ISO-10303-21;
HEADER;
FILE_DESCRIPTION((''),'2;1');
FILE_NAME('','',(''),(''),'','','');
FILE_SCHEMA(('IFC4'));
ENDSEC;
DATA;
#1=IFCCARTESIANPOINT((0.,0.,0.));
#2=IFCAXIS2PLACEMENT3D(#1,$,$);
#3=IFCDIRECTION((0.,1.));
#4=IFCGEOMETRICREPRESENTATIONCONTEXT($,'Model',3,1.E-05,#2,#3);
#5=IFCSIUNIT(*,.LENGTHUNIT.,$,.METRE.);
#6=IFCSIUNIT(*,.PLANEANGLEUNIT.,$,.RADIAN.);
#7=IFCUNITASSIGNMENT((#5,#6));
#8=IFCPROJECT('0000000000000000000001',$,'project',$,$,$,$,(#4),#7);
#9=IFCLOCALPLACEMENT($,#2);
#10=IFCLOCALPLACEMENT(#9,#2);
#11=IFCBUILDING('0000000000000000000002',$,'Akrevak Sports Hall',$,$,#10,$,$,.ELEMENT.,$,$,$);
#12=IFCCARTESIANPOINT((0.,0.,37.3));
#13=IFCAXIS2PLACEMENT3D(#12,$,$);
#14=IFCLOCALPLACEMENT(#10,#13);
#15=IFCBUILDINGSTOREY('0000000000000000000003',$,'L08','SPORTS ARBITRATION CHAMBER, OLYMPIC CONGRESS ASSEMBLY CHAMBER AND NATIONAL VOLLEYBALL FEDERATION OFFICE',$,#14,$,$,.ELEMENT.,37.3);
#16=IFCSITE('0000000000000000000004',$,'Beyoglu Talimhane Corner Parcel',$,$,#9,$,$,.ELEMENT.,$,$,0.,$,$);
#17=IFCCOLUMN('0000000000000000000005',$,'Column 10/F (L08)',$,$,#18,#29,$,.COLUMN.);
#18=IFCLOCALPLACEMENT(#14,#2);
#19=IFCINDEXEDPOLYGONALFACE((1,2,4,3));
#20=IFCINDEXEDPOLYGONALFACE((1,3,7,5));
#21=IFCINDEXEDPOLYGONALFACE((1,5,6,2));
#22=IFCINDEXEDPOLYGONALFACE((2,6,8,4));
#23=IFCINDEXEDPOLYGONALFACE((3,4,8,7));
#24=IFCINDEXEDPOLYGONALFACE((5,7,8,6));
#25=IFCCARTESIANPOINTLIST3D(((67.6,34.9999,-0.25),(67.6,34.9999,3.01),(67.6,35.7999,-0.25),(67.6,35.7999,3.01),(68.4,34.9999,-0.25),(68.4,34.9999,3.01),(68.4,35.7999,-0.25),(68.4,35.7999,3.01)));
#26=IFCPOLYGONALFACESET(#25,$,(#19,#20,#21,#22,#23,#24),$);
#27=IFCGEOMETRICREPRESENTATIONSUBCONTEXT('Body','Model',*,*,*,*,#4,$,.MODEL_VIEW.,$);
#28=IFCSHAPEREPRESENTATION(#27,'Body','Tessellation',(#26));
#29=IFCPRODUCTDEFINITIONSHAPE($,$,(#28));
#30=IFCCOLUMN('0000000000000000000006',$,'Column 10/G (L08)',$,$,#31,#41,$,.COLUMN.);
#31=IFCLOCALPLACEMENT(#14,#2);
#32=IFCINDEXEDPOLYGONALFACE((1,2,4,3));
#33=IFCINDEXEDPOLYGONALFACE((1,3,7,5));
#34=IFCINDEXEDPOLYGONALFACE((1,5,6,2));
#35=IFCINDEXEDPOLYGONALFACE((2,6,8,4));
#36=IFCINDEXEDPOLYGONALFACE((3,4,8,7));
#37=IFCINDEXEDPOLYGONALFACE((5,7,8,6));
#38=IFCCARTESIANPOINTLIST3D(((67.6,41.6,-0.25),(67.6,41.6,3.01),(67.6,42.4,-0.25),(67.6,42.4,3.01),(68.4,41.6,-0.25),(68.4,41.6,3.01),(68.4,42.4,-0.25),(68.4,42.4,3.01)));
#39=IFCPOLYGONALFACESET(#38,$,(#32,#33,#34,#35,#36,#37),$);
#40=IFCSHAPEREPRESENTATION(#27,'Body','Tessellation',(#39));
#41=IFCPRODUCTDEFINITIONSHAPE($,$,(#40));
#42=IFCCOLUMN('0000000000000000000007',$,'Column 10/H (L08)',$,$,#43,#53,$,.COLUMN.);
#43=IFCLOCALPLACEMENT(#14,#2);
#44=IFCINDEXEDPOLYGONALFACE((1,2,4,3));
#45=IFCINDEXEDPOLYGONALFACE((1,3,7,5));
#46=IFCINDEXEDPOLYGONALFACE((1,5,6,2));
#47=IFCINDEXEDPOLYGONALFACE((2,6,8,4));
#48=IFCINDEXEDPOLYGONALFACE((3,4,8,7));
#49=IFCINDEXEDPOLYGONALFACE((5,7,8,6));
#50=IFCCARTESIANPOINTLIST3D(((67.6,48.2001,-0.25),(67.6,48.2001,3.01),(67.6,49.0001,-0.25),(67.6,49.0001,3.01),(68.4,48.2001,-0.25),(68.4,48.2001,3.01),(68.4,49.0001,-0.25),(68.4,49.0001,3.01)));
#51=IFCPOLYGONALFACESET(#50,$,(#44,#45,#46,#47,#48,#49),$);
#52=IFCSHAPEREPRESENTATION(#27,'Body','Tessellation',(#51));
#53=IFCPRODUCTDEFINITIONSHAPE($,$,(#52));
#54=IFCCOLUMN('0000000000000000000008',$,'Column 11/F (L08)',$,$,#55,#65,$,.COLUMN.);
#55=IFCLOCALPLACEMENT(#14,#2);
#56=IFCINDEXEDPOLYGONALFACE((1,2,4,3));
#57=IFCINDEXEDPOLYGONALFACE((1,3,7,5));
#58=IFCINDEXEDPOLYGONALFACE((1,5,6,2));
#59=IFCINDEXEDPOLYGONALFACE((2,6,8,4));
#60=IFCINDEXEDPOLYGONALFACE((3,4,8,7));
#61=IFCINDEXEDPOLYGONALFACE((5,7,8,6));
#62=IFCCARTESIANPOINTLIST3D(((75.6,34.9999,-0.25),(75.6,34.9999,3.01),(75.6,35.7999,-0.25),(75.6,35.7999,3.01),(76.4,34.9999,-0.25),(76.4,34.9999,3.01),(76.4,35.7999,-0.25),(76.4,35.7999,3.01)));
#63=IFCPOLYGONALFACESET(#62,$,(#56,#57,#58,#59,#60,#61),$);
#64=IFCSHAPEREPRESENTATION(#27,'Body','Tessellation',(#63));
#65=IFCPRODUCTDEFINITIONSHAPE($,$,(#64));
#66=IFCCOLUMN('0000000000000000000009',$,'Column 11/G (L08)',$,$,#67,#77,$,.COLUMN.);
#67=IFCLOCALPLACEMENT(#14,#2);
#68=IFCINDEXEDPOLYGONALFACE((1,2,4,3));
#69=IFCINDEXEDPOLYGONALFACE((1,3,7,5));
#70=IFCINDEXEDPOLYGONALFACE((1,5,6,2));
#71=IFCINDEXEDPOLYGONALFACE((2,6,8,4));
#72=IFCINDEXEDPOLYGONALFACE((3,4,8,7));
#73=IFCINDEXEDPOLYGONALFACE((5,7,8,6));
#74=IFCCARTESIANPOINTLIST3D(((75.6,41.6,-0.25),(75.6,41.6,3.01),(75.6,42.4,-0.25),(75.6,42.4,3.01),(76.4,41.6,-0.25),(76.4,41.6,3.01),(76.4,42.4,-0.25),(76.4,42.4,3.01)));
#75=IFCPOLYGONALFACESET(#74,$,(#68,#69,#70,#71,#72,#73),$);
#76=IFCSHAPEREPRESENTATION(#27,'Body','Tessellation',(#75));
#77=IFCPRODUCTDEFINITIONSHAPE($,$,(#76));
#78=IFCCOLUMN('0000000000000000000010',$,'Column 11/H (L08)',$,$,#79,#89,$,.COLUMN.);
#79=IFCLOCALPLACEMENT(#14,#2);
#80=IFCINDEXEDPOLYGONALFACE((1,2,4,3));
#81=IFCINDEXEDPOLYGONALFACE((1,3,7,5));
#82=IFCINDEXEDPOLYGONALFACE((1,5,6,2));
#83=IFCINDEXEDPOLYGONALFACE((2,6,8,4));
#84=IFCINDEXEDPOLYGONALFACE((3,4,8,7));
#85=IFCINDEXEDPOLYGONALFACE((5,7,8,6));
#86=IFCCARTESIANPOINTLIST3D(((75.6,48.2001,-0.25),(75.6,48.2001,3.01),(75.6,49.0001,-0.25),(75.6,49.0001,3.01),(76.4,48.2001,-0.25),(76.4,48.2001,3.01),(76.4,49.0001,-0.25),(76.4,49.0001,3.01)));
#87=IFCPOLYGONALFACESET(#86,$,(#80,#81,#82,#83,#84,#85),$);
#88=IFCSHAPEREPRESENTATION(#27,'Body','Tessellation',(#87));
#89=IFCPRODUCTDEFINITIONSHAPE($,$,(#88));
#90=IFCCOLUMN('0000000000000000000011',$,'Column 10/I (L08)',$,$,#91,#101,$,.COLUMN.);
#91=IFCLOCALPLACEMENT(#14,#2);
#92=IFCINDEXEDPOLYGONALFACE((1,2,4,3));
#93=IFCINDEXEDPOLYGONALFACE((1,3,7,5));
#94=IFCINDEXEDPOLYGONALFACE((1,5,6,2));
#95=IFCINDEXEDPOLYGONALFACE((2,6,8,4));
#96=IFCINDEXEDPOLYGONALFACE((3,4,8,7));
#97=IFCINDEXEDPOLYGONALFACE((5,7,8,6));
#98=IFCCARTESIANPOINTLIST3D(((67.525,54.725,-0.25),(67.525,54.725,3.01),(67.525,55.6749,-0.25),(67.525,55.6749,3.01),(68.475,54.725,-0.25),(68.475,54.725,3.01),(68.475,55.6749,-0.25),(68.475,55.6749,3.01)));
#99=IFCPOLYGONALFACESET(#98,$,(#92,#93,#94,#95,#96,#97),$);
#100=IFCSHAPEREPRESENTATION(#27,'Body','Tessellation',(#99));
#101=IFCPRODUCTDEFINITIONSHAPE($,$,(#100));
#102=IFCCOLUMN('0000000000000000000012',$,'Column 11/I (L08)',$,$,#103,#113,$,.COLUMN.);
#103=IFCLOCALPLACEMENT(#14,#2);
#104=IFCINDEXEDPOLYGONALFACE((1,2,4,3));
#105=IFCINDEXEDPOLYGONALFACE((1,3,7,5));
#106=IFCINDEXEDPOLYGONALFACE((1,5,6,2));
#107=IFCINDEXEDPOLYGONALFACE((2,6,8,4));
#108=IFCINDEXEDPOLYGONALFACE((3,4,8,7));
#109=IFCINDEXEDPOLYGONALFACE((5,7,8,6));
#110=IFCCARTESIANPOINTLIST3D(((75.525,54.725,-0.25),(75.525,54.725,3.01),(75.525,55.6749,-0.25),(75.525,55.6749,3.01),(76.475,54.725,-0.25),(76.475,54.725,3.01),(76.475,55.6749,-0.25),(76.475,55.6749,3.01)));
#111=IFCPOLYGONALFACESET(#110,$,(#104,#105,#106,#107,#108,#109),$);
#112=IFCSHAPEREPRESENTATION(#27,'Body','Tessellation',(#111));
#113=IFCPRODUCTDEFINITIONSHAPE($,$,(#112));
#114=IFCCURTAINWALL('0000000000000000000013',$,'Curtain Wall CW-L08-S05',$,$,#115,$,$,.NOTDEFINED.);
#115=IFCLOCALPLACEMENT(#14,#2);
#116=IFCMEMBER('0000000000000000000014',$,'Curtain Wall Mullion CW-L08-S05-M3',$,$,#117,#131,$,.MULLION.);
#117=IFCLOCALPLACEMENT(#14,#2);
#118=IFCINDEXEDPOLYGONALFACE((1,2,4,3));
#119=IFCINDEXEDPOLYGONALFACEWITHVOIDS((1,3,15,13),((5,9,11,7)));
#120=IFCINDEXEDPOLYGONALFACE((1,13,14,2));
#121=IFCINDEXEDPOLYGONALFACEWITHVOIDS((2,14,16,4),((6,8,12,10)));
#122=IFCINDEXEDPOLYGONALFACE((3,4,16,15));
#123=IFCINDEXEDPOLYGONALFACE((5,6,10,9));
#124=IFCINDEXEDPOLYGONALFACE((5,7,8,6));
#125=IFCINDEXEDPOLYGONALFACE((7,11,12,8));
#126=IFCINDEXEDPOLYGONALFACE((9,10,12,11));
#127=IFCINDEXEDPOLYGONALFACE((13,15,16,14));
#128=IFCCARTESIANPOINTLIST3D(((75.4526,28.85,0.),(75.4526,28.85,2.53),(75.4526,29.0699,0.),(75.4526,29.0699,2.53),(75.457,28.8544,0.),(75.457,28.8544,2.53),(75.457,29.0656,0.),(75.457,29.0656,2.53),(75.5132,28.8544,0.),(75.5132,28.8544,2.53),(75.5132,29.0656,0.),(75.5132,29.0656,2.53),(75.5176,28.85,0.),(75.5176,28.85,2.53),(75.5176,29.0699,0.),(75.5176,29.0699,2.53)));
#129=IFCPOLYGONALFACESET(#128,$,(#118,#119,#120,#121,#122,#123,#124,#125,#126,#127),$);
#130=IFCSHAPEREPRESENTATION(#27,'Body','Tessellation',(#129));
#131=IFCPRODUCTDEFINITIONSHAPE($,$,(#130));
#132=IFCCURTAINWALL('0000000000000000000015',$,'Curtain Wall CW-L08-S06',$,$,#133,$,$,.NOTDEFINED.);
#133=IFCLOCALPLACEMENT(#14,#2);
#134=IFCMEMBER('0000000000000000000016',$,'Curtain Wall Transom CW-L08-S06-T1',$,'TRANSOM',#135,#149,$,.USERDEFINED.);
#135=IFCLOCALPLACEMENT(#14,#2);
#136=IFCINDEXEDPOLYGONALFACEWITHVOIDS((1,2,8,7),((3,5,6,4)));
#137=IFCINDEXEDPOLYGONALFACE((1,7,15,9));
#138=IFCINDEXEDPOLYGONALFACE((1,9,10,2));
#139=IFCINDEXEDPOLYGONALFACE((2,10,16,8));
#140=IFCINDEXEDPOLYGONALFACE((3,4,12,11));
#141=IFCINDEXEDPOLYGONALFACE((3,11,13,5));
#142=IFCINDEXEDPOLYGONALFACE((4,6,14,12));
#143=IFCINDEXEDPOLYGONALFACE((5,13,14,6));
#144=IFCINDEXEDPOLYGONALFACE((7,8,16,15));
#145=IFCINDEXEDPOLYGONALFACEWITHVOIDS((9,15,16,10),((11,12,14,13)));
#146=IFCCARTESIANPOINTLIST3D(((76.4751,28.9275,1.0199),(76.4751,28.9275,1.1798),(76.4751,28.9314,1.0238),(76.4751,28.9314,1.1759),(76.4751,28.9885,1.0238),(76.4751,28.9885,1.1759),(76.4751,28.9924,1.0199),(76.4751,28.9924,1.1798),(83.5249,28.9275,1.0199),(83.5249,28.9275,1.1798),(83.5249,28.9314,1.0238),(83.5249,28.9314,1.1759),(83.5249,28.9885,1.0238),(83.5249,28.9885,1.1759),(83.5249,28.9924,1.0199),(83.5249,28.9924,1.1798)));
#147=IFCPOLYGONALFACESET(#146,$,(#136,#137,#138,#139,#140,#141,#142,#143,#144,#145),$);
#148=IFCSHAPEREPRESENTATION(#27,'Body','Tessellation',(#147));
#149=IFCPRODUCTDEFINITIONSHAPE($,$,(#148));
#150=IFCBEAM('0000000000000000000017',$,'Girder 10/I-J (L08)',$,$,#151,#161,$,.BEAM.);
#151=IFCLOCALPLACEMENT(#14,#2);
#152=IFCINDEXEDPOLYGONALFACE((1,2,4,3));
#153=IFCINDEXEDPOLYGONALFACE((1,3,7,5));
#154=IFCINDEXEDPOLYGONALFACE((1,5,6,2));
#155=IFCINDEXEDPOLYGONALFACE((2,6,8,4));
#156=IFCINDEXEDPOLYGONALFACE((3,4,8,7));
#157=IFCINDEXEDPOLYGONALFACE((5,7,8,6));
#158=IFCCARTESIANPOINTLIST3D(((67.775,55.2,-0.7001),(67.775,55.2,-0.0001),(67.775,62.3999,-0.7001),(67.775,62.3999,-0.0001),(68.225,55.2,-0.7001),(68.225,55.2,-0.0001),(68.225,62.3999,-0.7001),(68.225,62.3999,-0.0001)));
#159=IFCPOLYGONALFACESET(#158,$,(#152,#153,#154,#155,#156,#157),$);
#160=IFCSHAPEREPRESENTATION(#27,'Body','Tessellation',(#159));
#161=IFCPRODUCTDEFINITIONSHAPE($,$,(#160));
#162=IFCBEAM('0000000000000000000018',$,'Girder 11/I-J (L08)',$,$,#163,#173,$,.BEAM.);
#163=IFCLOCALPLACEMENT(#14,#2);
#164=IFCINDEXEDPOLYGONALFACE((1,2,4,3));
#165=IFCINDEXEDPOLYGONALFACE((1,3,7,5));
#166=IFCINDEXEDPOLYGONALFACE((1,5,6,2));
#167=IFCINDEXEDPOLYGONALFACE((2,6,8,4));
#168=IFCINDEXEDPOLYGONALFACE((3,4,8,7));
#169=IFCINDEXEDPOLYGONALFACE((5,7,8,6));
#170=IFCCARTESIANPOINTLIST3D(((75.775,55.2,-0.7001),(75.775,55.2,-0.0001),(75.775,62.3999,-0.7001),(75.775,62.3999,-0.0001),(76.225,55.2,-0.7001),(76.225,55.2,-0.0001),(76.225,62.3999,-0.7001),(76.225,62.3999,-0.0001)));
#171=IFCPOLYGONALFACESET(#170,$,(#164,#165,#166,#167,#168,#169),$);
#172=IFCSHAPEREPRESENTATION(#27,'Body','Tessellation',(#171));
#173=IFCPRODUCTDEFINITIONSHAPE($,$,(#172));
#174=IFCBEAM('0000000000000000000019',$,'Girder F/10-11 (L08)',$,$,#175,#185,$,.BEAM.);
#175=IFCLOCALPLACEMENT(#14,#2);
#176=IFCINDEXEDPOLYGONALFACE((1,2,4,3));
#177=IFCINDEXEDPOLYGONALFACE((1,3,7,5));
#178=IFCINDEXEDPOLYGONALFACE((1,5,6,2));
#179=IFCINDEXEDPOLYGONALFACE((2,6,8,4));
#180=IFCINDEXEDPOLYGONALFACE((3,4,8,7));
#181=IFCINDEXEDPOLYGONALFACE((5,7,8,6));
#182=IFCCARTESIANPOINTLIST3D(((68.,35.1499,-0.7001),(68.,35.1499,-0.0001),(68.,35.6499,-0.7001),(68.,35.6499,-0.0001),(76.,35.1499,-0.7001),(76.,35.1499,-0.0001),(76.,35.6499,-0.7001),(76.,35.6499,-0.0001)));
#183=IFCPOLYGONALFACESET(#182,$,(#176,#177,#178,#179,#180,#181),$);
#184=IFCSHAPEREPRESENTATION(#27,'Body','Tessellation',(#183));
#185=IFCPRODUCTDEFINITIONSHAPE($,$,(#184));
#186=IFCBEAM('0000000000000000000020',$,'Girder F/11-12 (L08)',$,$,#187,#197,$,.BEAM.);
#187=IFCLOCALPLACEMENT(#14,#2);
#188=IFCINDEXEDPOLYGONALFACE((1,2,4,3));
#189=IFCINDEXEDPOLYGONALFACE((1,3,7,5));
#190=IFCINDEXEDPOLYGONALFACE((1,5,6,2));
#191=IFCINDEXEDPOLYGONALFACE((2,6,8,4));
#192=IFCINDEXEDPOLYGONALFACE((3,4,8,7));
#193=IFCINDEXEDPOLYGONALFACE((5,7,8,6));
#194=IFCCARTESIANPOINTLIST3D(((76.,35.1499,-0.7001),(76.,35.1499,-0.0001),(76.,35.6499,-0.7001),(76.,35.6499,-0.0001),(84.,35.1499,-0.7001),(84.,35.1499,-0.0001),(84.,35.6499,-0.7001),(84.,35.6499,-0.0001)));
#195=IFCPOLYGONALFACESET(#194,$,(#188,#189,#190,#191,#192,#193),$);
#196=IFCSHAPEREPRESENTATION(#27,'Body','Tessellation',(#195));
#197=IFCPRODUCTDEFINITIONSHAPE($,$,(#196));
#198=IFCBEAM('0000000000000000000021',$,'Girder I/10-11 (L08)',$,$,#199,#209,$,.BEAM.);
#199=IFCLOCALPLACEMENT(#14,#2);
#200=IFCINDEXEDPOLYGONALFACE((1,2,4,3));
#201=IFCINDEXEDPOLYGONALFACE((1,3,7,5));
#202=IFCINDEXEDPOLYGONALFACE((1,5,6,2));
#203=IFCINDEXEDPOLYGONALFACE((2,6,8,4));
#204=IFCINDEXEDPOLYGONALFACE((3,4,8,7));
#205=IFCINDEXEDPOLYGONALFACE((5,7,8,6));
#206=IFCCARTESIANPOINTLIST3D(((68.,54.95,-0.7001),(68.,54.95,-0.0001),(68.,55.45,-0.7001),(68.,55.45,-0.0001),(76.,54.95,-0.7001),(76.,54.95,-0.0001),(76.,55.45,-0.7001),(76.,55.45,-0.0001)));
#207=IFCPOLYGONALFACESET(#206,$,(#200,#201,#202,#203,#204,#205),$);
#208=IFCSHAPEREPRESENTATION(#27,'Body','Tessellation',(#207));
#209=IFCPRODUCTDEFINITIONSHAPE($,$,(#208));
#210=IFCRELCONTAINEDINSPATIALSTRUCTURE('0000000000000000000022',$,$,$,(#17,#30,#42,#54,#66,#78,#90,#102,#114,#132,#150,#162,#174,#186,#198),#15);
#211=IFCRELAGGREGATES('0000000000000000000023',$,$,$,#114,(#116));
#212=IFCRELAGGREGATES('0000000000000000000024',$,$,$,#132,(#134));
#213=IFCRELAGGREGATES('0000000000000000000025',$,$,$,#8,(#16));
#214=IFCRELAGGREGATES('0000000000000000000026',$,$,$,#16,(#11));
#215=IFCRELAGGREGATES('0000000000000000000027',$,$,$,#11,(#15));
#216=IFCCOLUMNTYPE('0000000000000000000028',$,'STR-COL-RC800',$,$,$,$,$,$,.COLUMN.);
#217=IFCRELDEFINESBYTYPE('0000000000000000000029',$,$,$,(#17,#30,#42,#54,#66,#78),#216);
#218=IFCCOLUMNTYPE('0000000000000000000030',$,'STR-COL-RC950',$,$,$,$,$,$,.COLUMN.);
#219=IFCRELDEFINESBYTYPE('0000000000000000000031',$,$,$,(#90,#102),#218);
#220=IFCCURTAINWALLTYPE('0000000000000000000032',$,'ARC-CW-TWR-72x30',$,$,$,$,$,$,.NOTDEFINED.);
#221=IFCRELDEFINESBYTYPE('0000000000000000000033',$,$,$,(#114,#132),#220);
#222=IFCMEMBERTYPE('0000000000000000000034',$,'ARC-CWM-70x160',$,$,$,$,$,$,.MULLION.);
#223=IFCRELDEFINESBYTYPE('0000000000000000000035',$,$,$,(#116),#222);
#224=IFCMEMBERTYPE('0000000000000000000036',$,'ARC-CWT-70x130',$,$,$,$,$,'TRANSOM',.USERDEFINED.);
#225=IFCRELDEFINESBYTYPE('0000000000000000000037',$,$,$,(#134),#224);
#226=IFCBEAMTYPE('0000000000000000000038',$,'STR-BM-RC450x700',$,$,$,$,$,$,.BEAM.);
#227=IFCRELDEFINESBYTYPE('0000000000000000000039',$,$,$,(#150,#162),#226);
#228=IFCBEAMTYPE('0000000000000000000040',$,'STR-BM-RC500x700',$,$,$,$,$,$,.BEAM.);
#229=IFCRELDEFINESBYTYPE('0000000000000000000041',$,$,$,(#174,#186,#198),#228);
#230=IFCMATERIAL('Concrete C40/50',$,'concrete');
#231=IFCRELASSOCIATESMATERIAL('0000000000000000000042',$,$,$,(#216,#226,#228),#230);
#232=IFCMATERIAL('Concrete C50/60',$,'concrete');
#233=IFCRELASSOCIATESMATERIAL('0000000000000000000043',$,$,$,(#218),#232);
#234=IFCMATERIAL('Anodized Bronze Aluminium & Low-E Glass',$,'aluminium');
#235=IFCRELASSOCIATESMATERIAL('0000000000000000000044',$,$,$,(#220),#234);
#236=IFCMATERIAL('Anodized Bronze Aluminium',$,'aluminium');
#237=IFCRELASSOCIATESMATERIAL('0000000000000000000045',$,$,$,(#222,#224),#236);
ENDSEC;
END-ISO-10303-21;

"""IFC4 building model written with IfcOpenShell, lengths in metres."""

from ifc_helpers import new_model, si_unit, direction, frame, origin, origin_2d, place, context, subcontext, project, spatial, rectangle, hollow_rectangle, extrude, material, material_profile, profile_set, type_object, element, aggregate, save


model = new_model("IFC4")

# Units and contexts
model_context = context("Model", 3, precision=1e-05, world=origin(), true_north=direction((0.0, 1.0)))
body_context = subcontext(model_context, "Body", "Model", "MODEL_VIEW")
ifc_project = project(units=[si_unit("LENGTHUNIT", "METRE"), si_unit("PLANEANGLEUNIT", "RADIAN")], contexts=[model_context])

# Site, building, storey
site_placement = place(None, origin())
site = spatial("IfcSite", under=ifc_project, at=site_placement, Name="Beyoglu Talimhane Corner Parcel", CompositionType="ELEMENT", RefElevation=0.0)
building_placement = place(site_placement, origin())
building = spatial("IfcBuilding", under=site, at=building_placement, Name="Akrevak Sports Hall", CompositionType="ELEMENT")
storey_placement = place(building_placement, frame((0.0, 0.0, 37.3)))
storey = spatial("IfcBuildingStorey", under=building, at=storey_placement, Name="L08", Description="SPORTS ARBITRATION CHAMBER, OLYMPIC CONGRESS ASSEMBLY CHAMBER AND NATIONAL VOLLEYBALL FEDERATION OFFICE", CompositionType="ELEMENT", Elevation=37.3)

# Columns
ifc_material_1 = material(Name="Concrete C40/50", Category="concrete")
ifc_material_profile_1 = material_profile(ifc_material_1, rectangle(XDim=0.8, YDim=0.8, at=origin_2d()), Name="RC 800x800", Category="concrete")
ifc_profile_set_1 = profile_set([ifc_material_profile_1], Name="Concrete C40/50")
column_type_1 = type_object("IfcColumnType", Name="STR-COL-RC800", PredefinedType="COLUMN", material=ifc_profile_set_1)
for number, where, z_axis, x_axis, name in (
    (1, (68.0, 35.3999, -0.25), (0.0, 0.0, 1.0), (1.0, 0.0, 0.0), "Column 10/F (L08)"),
    (2, (68.0, 42.0, -0.25), (0.0, 0.0, 1.0), (1.0, 0.0, 0.0), "Column 10/G (L08)"),
    (3, (68.0, 48.6001, -0.25), (0.0, 0.0, 1.0), (1.0, 0.0, 0.0), "Column 10/H (L08)"),
    (4, (76.0, 35.3999, -0.25), (0.0, 0.0, 1.0), (1.0, 0.0, 0.0), "Column 11/F (L08)"),
    (5, (76.0, 42.0, -0.25), (0.0, 0.0, 1.0), (1.0, 0.0, 0.0), "Column 11/G (L08)"),
    (6, (76.0, 48.6001, -0.25), (0.0, 0.0, 1.0), (1.0, 0.0, 0.0), "Column 11/H (L08)"),
):
    element("IfcColumn", number, at=place(storey_placement, frame(where, z_axis=z_axis, x_axis=x_axis)), inside=storey, type_object=column_type_1, Name=name, PredefinedType="COLUMN", context=body_context, shape_type="SweptSolid", body=[
        extrude(rectangle(XDim=0.8, YDim=0.8, at=origin_2d()), origin(), (0.0, 0.0, 1.0), 3.26),
    ])
ifc_material_2 = material(Name="Concrete C50/60", Category="concrete")
ifc_material_profile_2 = material_profile(ifc_material_2, rectangle(XDim=0.95, YDim=0.95, at=origin_2d()), Name="RC 950x950", Category="concrete")
ifc_profile_set_2 = profile_set([ifc_material_profile_2], Name="Concrete C50/60")
column_type_2 = type_object("IfcColumnType", Name="STR-COL-RC950", PredefinedType="COLUMN", material=ifc_profile_set_2)
for number, where, z_axis, x_axis, name in (
    (7, (68.0, 55.2, -0.25), (0.0, 0.0, 1.0), (1.0, 0.0, 0.0), "Column 10/I (L08)"),
    (8, (76.0, 55.2, -0.25), (0.0, 0.0, 1.0), (1.0, 0.0, 0.0), "Column 11/I (L08)"),
):
    element("IfcColumn", number, at=place(storey_placement, frame(where, z_axis=z_axis, x_axis=x_axis)), inside=storey, type_object=column_type_2, Name=name, PredefinedType="COLUMN", context=body_context, shape_type="SweptSolid", body=[
        extrude(rectangle(XDim=0.95, YDim=0.95, at=origin_2d()), origin(), (0.0, 0.0, 1.0), 3.26),
    ])

# Curtain walls, members
ifc_material_3 = material(Name="Anodized Bronze Aluminium & Low-E Glass", Category="aluminium")
curtain_wall_type = type_object("IfcCurtainWallType", Name="ARC-CW-TWR-72x30", PredefinedType="NOTDEFINED", material=ifc_material_3)
curtain_wall_1_placement = place(storey_placement, origin())
curtain_wall_1 = element("IfcCurtainWall", 9, at=curtain_wall_1_placement, inside=storey, type_object=curtain_wall_type, Name="Curtain Wall CW-L08-S05", PredefinedType="NOTDEFINED")
ifc_material_4 = material(Name="Anodized Bronze Aluminium", Category="aluminium")
ifc_material_profile_3 = material_profile(ifc_material_4, hollow_rectangle(XDim=0.0649, YDim=0.22, WallThickness=0.0044, at=origin_2d()), Name="CWM 65x220", Category="aluminium")
ifc_profile_set_3 = profile_set([ifc_material_profile_3], Name="Anodized Bronze Aluminium")
member_type_1 = type_object("IfcMemberType", Name="ARC-CWM-70x160", PredefinedType="MULLION", material=ifc_profile_set_3)
member_1_placement = place(storey_placement, frame((75.4851, 28.96, 0.0), z_axis=(0.0, 0.0, 1.0), x_axis=(1.0, 0.0, 0.0)))
member_1 = element("IfcMember", 10, at=member_1_placement, type_object=member_type_1, Name="Curtain Wall Mullion CW-L08-S05-M3", PredefinedType="MULLION", context=body_context, shape_type="SweptSolid", body=[
    extrude(hollow_rectangle(XDim=0.0649, YDim=0.22, WallThickness=0.0044, at=origin_2d()), origin(), (0.0, 0.0, 1.0), 2.53),
])
aggregate(curtain_wall_1, [member_1])
curtain_wall_2_placement = place(storey_placement, origin())
curtain_wall_2 = element("IfcCurtainWall", 11, at=curtain_wall_2_placement, inside=storey, type_object=curtain_wall_type, Name="Curtain Wall CW-L08-S06", PredefinedType="NOTDEFINED")
ifc_material_profile_4 = material_profile(ifc_material_4, hollow_rectangle(XDim=0.0649, YDim=0.1599, WallThickness=0.0039, at=origin_2d()), Name="CWT 65x160", Category="aluminium")
ifc_profile_set_4 = profile_set([ifc_material_profile_4], Name="Anodized Bronze Aluminium")
member_type_2 = type_object("IfcMemberType", Name="ARC-CWT-70x130", ElementType="TRANSOM", PredefinedType="USERDEFINED", material=ifc_profile_set_4)
member_2_placement = place(storey_placement, frame((76.4751, 28.96, 1.0999), z_axis=(1.0, 0.0, 0.0), x_axis=(0.0, 1.0, 0.0)))
member_2 = element("IfcMember", 12, at=member_2_placement, type_object=member_type_2, Name="Curtain Wall Transom CW-L08-S06-T1", ObjectType="TRANSOM", PredefinedType="USERDEFINED", context=body_context, shape_type="SweptSolid", body=[
    extrude(hollow_rectangle(XDim=0.0649, YDim=0.1599, WallThickness=0.0039, at=origin_2d()), origin(), (0.0, 0.0, 1.0), 7.0498),
])
aggregate(curtain_wall_2, [member_2])

# Beams
ifc_material_profile_5 = material_profile(ifc_material_1, rectangle(XDim=0.45, YDim=0.7, at=origin_2d()), Name="BM 450x700", Category="concrete")
ifc_profile_set_5 = profile_set([ifc_material_profile_5], Name="Concrete C40/50")
beam_type_1 = type_object("IfcBeamType", Name="STR-BM-RC450x700", PredefinedType="BEAM", material=ifc_profile_set_5)
for number, where, z_axis, x_axis, name in (
    (13, (68.0, 55.2, -0.3501), (0.0, 1.0, 0.0), (-1.0, 0.0, 0.0), "Girder 10/I-J (L08)"),
    (14, (76.0, 55.2, -0.3501), (0.0, 1.0, 0.0), (-1.0, 0.0, 0.0), "Girder 11/I-J (L08)"),
):
    element("IfcBeam", number, at=place(storey_placement, frame(where, z_axis=z_axis, x_axis=x_axis)), inside=storey, type_object=beam_type_1, Name=name, PredefinedType="BEAM", context=body_context, shape_type="SweptSolid", body=[
        extrude(rectangle(XDim=0.45, YDim=0.7, at=origin_2d()), origin(), (0.0, 0.0, 1.0), 7.2),
    ])
ifc_material_profile_6 = material_profile(ifc_material_1, rectangle(XDim=0.5, YDim=0.7, at=origin_2d()), Name="BM 500x700", Category="concrete")
ifc_profile_set_6 = profile_set([ifc_material_profile_6], Name="Concrete C40/50")
beam_type_2 = type_object("IfcBeamType", Name="STR-BM-RC500x700", PredefinedType="BEAM", material=ifc_profile_set_6)
for number, where, z_axis, x_axis, name in (
    (15, (68.0, 35.3999, -0.3501), (1.0, 0.0, 0.0), (0.0, 1.0, 0.0), "Girder F/10-11 (L08)"),
    (16, (76.0, 35.3999, -0.3501), (1.0, 0.0, 0.0), (0.0, 1.0, 0.0), "Girder F/11-12 (L08)"),
    (17, (68.0, 55.2, -0.3501), (1.0, 0.0, 0.0), (0.0, 1.0, 0.0), "Girder I/10-11 (L08)"),
):
    element("IfcBeam", number, at=place(storey_placement, frame(where, z_axis=z_axis, x_axis=x_axis)), inside=storey, type_object=beam_type_2, Name=name, PredefinedType="BEAM", context=body_context, shape_type="SweptSolid", body=[
        extrude(rectangle(XDim=0.5, YDim=0.7, at=origin_2d()), origin(), (0.0, 0.0, 1.0), 8.0),
    ])

save(model, "model.ifc")
